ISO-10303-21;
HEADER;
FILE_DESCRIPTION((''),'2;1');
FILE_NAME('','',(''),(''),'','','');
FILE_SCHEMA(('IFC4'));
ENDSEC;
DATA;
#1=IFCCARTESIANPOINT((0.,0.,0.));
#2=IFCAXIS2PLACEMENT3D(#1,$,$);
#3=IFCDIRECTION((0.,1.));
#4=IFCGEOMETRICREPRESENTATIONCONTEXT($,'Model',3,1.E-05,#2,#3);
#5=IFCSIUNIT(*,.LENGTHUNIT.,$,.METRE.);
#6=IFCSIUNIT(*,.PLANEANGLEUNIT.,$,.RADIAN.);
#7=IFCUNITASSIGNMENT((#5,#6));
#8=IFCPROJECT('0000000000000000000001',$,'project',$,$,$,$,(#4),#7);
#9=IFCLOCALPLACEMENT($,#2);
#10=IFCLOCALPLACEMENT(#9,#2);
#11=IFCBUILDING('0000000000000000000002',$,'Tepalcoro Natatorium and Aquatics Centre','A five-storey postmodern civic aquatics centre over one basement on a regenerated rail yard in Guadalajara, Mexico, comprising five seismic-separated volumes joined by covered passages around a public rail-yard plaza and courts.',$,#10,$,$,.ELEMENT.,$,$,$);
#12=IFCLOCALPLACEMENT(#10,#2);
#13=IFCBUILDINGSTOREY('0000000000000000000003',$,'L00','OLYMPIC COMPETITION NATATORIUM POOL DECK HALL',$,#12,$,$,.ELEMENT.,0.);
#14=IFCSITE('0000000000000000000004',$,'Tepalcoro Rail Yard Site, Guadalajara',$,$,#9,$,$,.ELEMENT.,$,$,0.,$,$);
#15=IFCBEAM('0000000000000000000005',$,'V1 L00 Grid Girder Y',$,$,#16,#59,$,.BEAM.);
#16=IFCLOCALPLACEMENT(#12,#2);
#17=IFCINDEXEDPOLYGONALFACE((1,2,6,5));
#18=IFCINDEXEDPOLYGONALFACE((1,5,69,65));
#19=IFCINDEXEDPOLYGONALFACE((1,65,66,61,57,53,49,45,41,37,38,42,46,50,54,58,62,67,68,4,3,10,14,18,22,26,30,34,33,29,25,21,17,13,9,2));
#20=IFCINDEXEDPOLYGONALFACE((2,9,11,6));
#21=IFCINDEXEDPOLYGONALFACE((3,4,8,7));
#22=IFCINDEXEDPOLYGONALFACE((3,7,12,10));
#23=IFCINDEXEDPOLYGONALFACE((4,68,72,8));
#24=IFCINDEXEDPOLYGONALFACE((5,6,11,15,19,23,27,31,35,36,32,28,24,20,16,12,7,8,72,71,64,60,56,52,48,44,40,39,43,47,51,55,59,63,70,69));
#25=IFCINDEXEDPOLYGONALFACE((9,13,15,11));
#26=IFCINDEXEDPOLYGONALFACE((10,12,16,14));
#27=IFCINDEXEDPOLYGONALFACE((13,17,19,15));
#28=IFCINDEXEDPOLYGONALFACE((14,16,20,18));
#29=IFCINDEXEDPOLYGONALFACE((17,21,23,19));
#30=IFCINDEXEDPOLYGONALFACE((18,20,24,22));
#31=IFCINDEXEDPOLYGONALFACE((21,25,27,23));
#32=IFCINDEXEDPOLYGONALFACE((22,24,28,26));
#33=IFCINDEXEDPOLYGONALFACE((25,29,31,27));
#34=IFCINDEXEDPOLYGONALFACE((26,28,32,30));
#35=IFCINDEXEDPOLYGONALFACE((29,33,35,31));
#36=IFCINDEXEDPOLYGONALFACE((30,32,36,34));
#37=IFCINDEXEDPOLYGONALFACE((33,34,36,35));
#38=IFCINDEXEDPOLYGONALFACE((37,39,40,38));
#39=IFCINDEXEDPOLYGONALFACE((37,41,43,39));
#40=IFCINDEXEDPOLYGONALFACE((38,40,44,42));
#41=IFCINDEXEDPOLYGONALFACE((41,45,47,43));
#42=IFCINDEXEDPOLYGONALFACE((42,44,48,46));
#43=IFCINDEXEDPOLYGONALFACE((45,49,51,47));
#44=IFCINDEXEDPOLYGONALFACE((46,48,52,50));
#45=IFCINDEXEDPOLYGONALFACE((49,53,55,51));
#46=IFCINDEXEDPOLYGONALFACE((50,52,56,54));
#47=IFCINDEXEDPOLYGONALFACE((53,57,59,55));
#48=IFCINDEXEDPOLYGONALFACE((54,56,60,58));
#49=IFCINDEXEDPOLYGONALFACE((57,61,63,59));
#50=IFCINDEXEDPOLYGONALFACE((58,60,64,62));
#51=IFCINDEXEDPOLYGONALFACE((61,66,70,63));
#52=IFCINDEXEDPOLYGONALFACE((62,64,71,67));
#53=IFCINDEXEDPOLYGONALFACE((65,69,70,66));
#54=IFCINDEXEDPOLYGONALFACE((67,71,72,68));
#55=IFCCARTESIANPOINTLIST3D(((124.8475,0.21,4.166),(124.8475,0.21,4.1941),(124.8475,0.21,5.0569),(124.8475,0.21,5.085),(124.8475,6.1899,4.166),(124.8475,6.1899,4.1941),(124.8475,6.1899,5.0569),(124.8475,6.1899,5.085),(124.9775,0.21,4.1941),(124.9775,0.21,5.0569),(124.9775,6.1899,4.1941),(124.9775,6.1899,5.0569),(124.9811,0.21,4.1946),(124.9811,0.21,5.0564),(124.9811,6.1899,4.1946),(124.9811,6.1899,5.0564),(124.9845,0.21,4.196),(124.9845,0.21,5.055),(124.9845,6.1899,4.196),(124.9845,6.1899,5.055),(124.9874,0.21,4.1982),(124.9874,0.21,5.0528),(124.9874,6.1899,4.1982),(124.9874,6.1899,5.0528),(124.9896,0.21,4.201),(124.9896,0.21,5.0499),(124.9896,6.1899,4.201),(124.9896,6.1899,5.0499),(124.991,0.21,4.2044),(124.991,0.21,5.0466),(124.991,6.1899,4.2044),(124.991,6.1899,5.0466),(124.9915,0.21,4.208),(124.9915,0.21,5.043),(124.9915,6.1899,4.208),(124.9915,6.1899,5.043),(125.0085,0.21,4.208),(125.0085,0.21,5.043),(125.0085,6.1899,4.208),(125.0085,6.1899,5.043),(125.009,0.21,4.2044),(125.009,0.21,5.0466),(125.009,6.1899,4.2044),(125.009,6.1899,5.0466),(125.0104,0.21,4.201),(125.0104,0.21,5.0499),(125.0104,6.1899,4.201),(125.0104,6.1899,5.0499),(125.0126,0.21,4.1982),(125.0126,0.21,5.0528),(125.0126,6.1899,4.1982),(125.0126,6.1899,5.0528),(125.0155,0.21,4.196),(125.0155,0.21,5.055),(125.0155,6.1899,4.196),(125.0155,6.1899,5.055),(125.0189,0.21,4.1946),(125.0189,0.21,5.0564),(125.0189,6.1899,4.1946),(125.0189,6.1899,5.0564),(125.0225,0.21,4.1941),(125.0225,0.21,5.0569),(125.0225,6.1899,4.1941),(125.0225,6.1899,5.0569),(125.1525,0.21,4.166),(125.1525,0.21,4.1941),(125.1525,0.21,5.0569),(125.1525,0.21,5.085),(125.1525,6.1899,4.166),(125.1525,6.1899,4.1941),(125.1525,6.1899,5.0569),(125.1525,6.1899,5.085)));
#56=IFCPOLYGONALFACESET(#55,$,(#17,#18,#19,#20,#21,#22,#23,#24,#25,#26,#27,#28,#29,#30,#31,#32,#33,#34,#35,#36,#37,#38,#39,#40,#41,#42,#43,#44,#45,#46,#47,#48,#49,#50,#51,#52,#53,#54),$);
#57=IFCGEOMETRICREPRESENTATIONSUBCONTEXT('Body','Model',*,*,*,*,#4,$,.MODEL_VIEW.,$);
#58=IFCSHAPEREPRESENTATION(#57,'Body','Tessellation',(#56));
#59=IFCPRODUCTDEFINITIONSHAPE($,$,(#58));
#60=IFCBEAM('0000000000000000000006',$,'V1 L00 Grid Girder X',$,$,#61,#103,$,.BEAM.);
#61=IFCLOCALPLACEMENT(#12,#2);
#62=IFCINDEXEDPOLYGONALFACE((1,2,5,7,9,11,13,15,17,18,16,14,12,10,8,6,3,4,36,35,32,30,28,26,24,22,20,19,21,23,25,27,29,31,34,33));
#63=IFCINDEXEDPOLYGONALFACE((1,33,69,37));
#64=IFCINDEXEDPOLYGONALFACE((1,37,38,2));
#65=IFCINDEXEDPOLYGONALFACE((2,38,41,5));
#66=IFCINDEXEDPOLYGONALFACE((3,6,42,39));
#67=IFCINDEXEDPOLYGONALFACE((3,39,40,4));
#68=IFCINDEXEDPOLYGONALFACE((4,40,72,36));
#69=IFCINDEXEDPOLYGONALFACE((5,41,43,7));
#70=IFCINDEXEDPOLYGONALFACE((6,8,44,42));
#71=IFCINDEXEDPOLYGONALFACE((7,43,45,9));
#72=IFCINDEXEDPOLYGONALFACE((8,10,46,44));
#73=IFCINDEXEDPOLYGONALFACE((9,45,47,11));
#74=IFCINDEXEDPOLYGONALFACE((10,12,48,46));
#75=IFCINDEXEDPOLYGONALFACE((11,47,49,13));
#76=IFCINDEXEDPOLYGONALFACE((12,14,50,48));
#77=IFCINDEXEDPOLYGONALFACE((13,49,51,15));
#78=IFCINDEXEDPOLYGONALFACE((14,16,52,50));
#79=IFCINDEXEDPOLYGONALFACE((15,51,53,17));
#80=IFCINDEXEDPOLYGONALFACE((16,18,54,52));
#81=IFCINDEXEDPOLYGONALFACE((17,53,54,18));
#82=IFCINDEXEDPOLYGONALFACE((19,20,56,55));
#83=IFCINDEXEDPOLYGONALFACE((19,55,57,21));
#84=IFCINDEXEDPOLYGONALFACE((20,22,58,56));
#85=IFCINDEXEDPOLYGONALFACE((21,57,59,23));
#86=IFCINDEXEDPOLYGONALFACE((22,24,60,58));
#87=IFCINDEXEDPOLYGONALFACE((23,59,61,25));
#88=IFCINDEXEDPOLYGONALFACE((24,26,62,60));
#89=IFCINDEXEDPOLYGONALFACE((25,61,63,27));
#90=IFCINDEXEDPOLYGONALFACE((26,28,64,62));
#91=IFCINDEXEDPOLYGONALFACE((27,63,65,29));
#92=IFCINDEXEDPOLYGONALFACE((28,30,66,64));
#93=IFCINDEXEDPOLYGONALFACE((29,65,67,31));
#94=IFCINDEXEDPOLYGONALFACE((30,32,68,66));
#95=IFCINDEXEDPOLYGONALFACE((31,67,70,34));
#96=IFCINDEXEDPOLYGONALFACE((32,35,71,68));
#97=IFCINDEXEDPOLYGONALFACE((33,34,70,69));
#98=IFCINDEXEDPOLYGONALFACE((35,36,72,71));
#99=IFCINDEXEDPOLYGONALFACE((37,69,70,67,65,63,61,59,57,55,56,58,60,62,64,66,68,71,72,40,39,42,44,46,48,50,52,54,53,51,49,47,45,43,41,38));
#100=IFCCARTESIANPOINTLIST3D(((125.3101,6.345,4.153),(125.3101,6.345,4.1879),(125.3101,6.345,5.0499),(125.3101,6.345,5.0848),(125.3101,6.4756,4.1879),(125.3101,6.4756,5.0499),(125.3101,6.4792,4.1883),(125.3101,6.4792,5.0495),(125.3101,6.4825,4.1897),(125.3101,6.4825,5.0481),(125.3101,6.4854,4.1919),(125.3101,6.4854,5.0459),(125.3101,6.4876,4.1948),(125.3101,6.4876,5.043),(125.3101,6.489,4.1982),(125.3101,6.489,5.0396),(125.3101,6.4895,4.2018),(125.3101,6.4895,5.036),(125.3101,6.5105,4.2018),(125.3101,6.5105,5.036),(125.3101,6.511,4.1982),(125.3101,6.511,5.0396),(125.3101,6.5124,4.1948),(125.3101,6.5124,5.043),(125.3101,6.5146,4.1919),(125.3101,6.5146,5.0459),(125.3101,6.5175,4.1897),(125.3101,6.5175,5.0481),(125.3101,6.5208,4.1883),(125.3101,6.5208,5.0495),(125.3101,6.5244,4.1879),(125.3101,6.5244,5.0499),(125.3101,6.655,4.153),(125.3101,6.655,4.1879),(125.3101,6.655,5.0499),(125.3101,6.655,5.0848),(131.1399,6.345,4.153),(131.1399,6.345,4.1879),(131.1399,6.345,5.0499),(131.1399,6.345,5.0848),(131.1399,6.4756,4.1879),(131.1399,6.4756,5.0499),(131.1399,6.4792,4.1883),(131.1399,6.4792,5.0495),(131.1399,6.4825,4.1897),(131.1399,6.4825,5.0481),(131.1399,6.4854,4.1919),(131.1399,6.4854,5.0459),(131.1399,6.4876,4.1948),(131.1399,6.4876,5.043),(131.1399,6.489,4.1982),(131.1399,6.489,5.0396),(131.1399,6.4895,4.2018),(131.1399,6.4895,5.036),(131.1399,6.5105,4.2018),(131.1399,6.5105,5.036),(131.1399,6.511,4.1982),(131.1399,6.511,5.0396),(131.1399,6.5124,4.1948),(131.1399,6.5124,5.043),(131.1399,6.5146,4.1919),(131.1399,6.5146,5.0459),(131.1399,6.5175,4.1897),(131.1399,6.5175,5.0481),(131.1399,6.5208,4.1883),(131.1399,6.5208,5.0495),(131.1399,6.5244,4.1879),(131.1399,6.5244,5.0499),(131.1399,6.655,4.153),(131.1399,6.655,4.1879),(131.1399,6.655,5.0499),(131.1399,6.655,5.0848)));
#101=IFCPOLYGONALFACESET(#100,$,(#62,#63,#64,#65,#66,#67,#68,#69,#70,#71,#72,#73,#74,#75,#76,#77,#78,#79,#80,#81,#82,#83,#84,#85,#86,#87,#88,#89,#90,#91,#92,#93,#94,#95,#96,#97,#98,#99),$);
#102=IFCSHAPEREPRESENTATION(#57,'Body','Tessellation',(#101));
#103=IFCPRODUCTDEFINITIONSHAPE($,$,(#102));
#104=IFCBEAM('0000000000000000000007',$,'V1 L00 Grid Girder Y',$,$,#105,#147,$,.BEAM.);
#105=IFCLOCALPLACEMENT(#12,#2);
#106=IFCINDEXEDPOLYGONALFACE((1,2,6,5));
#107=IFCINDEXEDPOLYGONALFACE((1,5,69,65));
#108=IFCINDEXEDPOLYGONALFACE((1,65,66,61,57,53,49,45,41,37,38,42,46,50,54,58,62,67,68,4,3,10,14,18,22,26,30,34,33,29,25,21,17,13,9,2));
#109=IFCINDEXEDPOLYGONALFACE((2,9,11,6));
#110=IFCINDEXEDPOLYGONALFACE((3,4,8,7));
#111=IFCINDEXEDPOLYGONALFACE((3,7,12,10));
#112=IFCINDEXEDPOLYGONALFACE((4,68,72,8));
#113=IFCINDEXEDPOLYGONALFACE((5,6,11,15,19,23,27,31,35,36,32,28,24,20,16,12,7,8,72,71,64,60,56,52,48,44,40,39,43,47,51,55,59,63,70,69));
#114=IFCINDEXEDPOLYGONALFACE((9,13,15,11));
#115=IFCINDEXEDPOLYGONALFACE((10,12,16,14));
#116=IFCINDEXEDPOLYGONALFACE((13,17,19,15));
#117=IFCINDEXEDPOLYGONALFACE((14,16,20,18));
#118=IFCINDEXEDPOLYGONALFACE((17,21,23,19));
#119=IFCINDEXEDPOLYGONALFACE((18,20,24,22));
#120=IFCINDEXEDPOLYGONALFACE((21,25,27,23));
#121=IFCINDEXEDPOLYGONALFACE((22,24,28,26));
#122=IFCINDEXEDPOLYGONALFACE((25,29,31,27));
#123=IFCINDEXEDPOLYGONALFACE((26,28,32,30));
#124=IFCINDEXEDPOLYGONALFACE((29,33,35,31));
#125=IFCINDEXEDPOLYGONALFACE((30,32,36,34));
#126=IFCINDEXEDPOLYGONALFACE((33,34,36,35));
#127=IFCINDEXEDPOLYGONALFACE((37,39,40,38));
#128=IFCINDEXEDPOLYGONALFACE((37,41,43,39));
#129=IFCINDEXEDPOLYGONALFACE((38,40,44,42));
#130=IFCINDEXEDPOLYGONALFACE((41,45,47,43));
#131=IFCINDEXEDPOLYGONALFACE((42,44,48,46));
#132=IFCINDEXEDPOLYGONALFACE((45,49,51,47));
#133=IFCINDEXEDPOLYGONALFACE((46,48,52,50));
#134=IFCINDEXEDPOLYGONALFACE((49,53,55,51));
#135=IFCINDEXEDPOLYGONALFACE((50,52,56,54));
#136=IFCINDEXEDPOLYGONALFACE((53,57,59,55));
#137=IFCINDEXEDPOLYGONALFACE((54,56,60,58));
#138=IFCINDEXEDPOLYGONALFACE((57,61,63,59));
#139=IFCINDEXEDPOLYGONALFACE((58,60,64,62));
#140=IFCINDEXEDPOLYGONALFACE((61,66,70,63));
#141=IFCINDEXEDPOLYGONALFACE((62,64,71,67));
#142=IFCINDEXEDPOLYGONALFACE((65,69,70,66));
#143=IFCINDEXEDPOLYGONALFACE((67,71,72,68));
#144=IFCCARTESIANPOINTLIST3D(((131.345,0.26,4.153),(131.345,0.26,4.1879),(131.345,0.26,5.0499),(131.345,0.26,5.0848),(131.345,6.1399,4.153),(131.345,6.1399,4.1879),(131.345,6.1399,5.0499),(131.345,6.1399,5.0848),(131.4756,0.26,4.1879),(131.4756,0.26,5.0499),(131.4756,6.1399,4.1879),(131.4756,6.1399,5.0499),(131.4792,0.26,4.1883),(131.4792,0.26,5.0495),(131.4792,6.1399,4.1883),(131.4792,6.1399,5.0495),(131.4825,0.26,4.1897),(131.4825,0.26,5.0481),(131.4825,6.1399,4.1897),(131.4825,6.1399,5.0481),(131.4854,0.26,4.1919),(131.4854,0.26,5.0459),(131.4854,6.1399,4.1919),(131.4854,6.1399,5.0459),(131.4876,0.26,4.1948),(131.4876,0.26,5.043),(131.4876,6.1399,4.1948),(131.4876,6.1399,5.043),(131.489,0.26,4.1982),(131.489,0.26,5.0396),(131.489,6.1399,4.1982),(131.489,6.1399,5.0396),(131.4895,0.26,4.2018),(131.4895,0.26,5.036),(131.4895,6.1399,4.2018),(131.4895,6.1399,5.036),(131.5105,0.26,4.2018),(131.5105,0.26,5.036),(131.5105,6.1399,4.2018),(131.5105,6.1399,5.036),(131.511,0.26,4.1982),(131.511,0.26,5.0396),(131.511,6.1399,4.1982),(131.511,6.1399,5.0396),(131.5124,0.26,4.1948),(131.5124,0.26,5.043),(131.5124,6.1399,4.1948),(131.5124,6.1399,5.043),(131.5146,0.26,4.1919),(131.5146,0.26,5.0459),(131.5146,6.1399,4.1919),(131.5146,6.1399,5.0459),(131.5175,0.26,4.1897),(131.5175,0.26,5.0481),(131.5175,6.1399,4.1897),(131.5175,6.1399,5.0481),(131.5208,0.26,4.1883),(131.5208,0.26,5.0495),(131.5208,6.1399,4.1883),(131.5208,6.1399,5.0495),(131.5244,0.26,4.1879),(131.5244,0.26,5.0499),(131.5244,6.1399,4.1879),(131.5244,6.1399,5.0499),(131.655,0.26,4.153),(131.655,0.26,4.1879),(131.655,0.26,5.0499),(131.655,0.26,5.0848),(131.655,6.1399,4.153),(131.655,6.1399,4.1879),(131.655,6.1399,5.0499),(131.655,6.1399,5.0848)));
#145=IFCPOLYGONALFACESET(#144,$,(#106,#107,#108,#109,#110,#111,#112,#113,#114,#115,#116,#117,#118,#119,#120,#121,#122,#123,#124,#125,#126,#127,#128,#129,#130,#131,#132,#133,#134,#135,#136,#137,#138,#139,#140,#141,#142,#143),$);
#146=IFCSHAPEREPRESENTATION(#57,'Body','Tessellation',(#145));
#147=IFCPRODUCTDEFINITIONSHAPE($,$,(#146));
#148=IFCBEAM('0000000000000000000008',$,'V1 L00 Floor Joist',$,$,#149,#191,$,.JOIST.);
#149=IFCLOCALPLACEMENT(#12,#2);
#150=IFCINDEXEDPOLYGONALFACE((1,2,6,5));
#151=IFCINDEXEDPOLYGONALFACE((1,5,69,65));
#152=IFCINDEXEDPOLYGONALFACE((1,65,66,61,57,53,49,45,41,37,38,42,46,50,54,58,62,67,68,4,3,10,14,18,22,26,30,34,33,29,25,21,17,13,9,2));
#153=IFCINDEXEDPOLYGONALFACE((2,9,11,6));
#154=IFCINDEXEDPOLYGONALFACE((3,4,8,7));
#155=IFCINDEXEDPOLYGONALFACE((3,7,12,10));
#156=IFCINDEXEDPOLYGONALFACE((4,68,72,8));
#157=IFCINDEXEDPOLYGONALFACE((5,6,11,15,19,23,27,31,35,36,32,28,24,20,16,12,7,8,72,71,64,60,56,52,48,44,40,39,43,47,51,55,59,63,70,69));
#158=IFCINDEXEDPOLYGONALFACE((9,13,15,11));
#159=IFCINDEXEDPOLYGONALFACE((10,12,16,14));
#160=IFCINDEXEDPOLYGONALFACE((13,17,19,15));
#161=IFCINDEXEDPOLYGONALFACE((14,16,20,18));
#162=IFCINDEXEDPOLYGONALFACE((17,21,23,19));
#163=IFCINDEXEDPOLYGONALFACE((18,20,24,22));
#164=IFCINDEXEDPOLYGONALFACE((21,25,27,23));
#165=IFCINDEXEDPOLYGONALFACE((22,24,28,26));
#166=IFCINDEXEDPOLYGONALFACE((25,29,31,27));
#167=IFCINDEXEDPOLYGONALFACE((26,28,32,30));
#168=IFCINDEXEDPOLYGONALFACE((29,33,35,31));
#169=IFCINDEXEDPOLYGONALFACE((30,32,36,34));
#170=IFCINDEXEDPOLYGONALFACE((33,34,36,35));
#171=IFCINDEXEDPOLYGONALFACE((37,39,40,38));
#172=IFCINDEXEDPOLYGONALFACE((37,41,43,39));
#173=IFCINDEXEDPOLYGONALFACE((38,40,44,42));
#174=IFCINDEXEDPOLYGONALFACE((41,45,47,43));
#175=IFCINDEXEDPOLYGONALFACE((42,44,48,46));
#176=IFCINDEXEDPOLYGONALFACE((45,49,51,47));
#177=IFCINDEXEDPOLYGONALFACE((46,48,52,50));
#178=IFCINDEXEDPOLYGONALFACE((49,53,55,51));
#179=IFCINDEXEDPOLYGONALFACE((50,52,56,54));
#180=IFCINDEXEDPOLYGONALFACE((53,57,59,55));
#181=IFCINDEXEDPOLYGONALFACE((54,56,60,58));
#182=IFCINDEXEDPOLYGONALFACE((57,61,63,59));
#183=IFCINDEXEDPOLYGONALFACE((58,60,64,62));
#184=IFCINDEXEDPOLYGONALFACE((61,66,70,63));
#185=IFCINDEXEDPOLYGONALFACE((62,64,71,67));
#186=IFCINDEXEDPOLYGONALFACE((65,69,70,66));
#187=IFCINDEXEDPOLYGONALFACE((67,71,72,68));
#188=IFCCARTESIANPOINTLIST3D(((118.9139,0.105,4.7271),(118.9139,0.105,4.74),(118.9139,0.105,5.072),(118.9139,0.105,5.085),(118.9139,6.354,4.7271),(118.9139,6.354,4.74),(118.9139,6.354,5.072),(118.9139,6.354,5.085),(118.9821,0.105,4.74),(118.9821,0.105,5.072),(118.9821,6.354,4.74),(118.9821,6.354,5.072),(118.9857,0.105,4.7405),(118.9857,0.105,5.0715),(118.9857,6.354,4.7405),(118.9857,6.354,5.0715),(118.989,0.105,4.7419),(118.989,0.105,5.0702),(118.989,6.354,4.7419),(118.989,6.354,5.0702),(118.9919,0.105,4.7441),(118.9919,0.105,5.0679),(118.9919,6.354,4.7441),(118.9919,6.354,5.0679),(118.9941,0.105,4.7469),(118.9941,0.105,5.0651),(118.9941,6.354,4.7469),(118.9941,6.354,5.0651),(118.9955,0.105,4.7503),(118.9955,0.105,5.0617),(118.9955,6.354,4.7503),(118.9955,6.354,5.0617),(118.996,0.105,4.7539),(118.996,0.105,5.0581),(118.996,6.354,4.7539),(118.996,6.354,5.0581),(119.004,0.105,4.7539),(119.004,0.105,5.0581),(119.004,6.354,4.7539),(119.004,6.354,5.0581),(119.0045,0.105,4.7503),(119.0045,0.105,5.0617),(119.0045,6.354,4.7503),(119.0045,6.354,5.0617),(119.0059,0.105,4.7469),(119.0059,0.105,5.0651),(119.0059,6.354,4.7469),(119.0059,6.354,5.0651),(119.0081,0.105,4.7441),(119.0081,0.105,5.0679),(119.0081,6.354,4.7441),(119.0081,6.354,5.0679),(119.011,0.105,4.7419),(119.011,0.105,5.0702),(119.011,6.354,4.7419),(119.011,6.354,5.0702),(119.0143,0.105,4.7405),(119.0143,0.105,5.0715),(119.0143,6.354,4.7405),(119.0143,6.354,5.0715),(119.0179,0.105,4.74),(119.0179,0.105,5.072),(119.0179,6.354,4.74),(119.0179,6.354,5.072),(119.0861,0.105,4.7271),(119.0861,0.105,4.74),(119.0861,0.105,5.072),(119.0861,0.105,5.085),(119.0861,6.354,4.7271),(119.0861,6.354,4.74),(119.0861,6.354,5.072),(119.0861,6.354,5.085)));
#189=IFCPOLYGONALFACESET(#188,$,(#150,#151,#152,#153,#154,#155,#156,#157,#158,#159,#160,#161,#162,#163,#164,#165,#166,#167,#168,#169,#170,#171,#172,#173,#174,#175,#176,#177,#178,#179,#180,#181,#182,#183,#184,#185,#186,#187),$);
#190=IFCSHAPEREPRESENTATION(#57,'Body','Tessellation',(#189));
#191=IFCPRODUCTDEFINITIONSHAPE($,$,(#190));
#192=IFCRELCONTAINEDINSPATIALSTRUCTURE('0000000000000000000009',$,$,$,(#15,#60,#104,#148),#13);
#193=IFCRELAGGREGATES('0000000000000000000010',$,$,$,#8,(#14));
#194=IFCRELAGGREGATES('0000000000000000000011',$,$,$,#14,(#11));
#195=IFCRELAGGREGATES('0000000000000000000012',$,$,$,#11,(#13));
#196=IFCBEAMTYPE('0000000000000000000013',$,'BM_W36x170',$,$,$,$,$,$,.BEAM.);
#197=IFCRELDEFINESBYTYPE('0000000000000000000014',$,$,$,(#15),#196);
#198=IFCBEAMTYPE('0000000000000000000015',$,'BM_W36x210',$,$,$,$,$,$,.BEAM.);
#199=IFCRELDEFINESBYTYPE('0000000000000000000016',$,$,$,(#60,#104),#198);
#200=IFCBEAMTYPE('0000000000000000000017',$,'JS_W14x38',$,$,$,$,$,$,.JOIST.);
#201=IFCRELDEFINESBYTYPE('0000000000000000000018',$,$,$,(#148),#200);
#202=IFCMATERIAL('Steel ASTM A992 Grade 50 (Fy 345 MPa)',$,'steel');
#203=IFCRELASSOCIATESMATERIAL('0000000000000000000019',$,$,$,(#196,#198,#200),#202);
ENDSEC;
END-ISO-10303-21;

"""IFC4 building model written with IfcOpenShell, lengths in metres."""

from ifc_helpers import new_model, si_unit, direction, frame, origin, origin_2d, place, context, subcontext, project, spatial, i_section, extrude, material, material_profile, profile_set, type_object, element, save


model = new_model("IFC4")

# Units and contexts
model_context = context("Model", 3, precision=1e-05, world=origin(), true_north=direction((0.0, 1.0)))
body_context = subcontext(model_context, "Body", "Model", "MODEL_VIEW")
ifc_project = project(units=[si_unit("LENGTHUNIT", "METRE"), si_unit("PLANEANGLEUNIT", "RADIAN")], contexts=[model_context])

# Site, building, storey
site_placement = place(None, origin())
site = spatial("IfcSite", under=ifc_project, at=site_placement, Name="Tepalcoro Rail Yard Site, Guadalajara", CompositionType="ELEMENT", RefElevation=0.0)
building_placement = place(site_placement, origin())
building = spatial("IfcBuilding", under=site, at=building_placement, Name="Tepalcoro Natatorium and Aquatics Centre", Description="A five-storey postmodern civic aquatics centre over one basement on a regenerated rail yard in Guadalajara, Mexico, comprising five seismic-separated volumes joined by covered passages around a public rail-yard plaza and courts.", CompositionType="ELEMENT")
storey_placement = place(building_placement, origin())
storey = spatial("IfcBuildingStorey", under=building, at=storey_placement, Name="L00", Description="OLYMPIC COMPETITION NATATORIUM POOL DECK HALL", CompositionType="ELEMENT", Elevation=0.0)

# Beams
ifc_material_1 = material(Name="Steel ASTM A992 Grade 50 (Fy 345 MPa)", Category="steel")
ifc_material_profile_1 = material_profile(ifc_material_1, i_section(OverallWidth=0.3049, OverallDepth=0.9189, WebThickness=0.0171, FlangeThickness=0.0281, FilletRadius=0.0139, at=origin_2d()), Name="W36X170")
ifc_profile_set_1 = profile_set([ifc_material_profile_1], Name="Steel ASTM A992 Grade 50 (Fy 345 MPa)")
beam_type_1 = type_object("IfcBeamType", Name="BM_W36x170", PredefinedType="BEAM", material=ifc_profile_set_1)
beam_1_placement = place(storey_placement, frame((125.0, 0.21, 4.6255), z_axis=(0.0, 1.0, 0.0), x_axis=(-1.0, 0.0, 0.0)))
element("IfcBeam", 1, at=beam_1_placement, inside=storey, type_object=beam_type_1, Name="V1 L00 Grid Girder Y", PredefinedType="BEAM", context=body_context, shape_type="SweptSolid", body=[
    extrude(i_section(OverallWidth=0.3049, OverallDepth=0.9189, WebThickness=0.0171, FlangeThickness=0.0281, FilletRadius=0.0139, at=origin_2d()), origin(), (0.0, 0.0, 1.0), 5.98),
])
ifc_material_profile_2 = material_profile(ifc_material_1, i_section(OverallWidth=0.3101, OverallDepth=0.9319, WebThickness=0.021, FlangeThickness=0.0349, FilletRadius=0.0139, at=origin_2d()), Name="W36X210")
ifc_profile_set_2 = profile_set([ifc_material_profile_2], Name="Steel ASTM A992 Grade 50 (Fy 345 MPa)")
beam_type_2 = type_object("IfcBeamType", Name="BM_W36x210", PredefinedType="BEAM", material=ifc_profile_set_2)
beam_2_placement = place(storey_placement, frame((125.3101, 6.5, 4.6189), z_axis=(1.0, 0.0, 0.0), x_axis=(0.0, 1.0, 0.0)))
element("IfcBeam", 2, at=beam_2_placement, inside=storey, type_object=beam_type_2, Name="V1 L00 Grid Girder X", PredefinedType="BEAM", context=body_context, shape_type="SweptSolid", body=[
    extrude(i_section(OverallWidth=0.3101, OverallDepth=0.9319, WebThickness=0.021, FlangeThickness=0.0349, FilletRadius=0.0139, at=origin_2d()), origin(), (0.0, 0.0, 1.0), 5.8298),
])
beam_3_placement = place(storey_placement, frame((131.5, 0.26, 4.6189), z_axis=(0.0, 1.0, 0.0), x_axis=(-1.0, 0.0, 0.0)))
element("IfcBeam", 3, at=beam_3_placement, inside=storey, type_object=beam_type_2, Name="V1 L00 Grid Girder Y", PredefinedType="BEAM", context=body_context, shape_type="SweptSolid", body=[
    extrude(i_section(OverallWidth=0.3101, OverallDepth=0.9319, WebThickness=0.021, FlangeThickness=0.0349, FilletRadius=0.0139, at=origin_2d()), origin(), (0.0, 0.0, 1.0), 5.8799),
])
ifc_material_profile_3 = material_profile(ifc_material_1, i_section(OverallWidth=0.1721, OverallDepth=0.3579, WebThickness=0.0081, FlangeThickness=0.0129, FilletRadius=0.0139, at=origin_2d()), Name="W14X38")
ifc_profile_set_3 = profile_set([ifc_material_profile_3], Name="Steel ASTM A992 Grade 50 (Fy 345 MPa)")
beam_type_3 = type_object("IfcBeamType", Name="JS_W14x38", PredefinedType="JOIST", material=ifc_profile_set_3)
beam_4_placement = place(storey_placement, frame((119.0, 0.105, 4.906), z_axis=(0.0, 1.0, 0.0), x_axis=(-1.0, 0.0, 0.0)))
element("IfcBeam", 4, at=beam_4_placement, inside=storey, type_object=beam_type_3, Name="V1 L00 Floor Joist", PredefinedType="JOIST", context=body_context, shape_type="SweptSolid", body=[
    extrude(i_section(OverallWidth=0.1721, OverallDepth=0.3579, WebThickness=0.0081, FlangeThickness=0.0129, FilletRadius=0.0139, at=origin_2d()), origin(), (0.0, 0.0, 1.0), 6.249),
])

save(model, "model.ifc")
